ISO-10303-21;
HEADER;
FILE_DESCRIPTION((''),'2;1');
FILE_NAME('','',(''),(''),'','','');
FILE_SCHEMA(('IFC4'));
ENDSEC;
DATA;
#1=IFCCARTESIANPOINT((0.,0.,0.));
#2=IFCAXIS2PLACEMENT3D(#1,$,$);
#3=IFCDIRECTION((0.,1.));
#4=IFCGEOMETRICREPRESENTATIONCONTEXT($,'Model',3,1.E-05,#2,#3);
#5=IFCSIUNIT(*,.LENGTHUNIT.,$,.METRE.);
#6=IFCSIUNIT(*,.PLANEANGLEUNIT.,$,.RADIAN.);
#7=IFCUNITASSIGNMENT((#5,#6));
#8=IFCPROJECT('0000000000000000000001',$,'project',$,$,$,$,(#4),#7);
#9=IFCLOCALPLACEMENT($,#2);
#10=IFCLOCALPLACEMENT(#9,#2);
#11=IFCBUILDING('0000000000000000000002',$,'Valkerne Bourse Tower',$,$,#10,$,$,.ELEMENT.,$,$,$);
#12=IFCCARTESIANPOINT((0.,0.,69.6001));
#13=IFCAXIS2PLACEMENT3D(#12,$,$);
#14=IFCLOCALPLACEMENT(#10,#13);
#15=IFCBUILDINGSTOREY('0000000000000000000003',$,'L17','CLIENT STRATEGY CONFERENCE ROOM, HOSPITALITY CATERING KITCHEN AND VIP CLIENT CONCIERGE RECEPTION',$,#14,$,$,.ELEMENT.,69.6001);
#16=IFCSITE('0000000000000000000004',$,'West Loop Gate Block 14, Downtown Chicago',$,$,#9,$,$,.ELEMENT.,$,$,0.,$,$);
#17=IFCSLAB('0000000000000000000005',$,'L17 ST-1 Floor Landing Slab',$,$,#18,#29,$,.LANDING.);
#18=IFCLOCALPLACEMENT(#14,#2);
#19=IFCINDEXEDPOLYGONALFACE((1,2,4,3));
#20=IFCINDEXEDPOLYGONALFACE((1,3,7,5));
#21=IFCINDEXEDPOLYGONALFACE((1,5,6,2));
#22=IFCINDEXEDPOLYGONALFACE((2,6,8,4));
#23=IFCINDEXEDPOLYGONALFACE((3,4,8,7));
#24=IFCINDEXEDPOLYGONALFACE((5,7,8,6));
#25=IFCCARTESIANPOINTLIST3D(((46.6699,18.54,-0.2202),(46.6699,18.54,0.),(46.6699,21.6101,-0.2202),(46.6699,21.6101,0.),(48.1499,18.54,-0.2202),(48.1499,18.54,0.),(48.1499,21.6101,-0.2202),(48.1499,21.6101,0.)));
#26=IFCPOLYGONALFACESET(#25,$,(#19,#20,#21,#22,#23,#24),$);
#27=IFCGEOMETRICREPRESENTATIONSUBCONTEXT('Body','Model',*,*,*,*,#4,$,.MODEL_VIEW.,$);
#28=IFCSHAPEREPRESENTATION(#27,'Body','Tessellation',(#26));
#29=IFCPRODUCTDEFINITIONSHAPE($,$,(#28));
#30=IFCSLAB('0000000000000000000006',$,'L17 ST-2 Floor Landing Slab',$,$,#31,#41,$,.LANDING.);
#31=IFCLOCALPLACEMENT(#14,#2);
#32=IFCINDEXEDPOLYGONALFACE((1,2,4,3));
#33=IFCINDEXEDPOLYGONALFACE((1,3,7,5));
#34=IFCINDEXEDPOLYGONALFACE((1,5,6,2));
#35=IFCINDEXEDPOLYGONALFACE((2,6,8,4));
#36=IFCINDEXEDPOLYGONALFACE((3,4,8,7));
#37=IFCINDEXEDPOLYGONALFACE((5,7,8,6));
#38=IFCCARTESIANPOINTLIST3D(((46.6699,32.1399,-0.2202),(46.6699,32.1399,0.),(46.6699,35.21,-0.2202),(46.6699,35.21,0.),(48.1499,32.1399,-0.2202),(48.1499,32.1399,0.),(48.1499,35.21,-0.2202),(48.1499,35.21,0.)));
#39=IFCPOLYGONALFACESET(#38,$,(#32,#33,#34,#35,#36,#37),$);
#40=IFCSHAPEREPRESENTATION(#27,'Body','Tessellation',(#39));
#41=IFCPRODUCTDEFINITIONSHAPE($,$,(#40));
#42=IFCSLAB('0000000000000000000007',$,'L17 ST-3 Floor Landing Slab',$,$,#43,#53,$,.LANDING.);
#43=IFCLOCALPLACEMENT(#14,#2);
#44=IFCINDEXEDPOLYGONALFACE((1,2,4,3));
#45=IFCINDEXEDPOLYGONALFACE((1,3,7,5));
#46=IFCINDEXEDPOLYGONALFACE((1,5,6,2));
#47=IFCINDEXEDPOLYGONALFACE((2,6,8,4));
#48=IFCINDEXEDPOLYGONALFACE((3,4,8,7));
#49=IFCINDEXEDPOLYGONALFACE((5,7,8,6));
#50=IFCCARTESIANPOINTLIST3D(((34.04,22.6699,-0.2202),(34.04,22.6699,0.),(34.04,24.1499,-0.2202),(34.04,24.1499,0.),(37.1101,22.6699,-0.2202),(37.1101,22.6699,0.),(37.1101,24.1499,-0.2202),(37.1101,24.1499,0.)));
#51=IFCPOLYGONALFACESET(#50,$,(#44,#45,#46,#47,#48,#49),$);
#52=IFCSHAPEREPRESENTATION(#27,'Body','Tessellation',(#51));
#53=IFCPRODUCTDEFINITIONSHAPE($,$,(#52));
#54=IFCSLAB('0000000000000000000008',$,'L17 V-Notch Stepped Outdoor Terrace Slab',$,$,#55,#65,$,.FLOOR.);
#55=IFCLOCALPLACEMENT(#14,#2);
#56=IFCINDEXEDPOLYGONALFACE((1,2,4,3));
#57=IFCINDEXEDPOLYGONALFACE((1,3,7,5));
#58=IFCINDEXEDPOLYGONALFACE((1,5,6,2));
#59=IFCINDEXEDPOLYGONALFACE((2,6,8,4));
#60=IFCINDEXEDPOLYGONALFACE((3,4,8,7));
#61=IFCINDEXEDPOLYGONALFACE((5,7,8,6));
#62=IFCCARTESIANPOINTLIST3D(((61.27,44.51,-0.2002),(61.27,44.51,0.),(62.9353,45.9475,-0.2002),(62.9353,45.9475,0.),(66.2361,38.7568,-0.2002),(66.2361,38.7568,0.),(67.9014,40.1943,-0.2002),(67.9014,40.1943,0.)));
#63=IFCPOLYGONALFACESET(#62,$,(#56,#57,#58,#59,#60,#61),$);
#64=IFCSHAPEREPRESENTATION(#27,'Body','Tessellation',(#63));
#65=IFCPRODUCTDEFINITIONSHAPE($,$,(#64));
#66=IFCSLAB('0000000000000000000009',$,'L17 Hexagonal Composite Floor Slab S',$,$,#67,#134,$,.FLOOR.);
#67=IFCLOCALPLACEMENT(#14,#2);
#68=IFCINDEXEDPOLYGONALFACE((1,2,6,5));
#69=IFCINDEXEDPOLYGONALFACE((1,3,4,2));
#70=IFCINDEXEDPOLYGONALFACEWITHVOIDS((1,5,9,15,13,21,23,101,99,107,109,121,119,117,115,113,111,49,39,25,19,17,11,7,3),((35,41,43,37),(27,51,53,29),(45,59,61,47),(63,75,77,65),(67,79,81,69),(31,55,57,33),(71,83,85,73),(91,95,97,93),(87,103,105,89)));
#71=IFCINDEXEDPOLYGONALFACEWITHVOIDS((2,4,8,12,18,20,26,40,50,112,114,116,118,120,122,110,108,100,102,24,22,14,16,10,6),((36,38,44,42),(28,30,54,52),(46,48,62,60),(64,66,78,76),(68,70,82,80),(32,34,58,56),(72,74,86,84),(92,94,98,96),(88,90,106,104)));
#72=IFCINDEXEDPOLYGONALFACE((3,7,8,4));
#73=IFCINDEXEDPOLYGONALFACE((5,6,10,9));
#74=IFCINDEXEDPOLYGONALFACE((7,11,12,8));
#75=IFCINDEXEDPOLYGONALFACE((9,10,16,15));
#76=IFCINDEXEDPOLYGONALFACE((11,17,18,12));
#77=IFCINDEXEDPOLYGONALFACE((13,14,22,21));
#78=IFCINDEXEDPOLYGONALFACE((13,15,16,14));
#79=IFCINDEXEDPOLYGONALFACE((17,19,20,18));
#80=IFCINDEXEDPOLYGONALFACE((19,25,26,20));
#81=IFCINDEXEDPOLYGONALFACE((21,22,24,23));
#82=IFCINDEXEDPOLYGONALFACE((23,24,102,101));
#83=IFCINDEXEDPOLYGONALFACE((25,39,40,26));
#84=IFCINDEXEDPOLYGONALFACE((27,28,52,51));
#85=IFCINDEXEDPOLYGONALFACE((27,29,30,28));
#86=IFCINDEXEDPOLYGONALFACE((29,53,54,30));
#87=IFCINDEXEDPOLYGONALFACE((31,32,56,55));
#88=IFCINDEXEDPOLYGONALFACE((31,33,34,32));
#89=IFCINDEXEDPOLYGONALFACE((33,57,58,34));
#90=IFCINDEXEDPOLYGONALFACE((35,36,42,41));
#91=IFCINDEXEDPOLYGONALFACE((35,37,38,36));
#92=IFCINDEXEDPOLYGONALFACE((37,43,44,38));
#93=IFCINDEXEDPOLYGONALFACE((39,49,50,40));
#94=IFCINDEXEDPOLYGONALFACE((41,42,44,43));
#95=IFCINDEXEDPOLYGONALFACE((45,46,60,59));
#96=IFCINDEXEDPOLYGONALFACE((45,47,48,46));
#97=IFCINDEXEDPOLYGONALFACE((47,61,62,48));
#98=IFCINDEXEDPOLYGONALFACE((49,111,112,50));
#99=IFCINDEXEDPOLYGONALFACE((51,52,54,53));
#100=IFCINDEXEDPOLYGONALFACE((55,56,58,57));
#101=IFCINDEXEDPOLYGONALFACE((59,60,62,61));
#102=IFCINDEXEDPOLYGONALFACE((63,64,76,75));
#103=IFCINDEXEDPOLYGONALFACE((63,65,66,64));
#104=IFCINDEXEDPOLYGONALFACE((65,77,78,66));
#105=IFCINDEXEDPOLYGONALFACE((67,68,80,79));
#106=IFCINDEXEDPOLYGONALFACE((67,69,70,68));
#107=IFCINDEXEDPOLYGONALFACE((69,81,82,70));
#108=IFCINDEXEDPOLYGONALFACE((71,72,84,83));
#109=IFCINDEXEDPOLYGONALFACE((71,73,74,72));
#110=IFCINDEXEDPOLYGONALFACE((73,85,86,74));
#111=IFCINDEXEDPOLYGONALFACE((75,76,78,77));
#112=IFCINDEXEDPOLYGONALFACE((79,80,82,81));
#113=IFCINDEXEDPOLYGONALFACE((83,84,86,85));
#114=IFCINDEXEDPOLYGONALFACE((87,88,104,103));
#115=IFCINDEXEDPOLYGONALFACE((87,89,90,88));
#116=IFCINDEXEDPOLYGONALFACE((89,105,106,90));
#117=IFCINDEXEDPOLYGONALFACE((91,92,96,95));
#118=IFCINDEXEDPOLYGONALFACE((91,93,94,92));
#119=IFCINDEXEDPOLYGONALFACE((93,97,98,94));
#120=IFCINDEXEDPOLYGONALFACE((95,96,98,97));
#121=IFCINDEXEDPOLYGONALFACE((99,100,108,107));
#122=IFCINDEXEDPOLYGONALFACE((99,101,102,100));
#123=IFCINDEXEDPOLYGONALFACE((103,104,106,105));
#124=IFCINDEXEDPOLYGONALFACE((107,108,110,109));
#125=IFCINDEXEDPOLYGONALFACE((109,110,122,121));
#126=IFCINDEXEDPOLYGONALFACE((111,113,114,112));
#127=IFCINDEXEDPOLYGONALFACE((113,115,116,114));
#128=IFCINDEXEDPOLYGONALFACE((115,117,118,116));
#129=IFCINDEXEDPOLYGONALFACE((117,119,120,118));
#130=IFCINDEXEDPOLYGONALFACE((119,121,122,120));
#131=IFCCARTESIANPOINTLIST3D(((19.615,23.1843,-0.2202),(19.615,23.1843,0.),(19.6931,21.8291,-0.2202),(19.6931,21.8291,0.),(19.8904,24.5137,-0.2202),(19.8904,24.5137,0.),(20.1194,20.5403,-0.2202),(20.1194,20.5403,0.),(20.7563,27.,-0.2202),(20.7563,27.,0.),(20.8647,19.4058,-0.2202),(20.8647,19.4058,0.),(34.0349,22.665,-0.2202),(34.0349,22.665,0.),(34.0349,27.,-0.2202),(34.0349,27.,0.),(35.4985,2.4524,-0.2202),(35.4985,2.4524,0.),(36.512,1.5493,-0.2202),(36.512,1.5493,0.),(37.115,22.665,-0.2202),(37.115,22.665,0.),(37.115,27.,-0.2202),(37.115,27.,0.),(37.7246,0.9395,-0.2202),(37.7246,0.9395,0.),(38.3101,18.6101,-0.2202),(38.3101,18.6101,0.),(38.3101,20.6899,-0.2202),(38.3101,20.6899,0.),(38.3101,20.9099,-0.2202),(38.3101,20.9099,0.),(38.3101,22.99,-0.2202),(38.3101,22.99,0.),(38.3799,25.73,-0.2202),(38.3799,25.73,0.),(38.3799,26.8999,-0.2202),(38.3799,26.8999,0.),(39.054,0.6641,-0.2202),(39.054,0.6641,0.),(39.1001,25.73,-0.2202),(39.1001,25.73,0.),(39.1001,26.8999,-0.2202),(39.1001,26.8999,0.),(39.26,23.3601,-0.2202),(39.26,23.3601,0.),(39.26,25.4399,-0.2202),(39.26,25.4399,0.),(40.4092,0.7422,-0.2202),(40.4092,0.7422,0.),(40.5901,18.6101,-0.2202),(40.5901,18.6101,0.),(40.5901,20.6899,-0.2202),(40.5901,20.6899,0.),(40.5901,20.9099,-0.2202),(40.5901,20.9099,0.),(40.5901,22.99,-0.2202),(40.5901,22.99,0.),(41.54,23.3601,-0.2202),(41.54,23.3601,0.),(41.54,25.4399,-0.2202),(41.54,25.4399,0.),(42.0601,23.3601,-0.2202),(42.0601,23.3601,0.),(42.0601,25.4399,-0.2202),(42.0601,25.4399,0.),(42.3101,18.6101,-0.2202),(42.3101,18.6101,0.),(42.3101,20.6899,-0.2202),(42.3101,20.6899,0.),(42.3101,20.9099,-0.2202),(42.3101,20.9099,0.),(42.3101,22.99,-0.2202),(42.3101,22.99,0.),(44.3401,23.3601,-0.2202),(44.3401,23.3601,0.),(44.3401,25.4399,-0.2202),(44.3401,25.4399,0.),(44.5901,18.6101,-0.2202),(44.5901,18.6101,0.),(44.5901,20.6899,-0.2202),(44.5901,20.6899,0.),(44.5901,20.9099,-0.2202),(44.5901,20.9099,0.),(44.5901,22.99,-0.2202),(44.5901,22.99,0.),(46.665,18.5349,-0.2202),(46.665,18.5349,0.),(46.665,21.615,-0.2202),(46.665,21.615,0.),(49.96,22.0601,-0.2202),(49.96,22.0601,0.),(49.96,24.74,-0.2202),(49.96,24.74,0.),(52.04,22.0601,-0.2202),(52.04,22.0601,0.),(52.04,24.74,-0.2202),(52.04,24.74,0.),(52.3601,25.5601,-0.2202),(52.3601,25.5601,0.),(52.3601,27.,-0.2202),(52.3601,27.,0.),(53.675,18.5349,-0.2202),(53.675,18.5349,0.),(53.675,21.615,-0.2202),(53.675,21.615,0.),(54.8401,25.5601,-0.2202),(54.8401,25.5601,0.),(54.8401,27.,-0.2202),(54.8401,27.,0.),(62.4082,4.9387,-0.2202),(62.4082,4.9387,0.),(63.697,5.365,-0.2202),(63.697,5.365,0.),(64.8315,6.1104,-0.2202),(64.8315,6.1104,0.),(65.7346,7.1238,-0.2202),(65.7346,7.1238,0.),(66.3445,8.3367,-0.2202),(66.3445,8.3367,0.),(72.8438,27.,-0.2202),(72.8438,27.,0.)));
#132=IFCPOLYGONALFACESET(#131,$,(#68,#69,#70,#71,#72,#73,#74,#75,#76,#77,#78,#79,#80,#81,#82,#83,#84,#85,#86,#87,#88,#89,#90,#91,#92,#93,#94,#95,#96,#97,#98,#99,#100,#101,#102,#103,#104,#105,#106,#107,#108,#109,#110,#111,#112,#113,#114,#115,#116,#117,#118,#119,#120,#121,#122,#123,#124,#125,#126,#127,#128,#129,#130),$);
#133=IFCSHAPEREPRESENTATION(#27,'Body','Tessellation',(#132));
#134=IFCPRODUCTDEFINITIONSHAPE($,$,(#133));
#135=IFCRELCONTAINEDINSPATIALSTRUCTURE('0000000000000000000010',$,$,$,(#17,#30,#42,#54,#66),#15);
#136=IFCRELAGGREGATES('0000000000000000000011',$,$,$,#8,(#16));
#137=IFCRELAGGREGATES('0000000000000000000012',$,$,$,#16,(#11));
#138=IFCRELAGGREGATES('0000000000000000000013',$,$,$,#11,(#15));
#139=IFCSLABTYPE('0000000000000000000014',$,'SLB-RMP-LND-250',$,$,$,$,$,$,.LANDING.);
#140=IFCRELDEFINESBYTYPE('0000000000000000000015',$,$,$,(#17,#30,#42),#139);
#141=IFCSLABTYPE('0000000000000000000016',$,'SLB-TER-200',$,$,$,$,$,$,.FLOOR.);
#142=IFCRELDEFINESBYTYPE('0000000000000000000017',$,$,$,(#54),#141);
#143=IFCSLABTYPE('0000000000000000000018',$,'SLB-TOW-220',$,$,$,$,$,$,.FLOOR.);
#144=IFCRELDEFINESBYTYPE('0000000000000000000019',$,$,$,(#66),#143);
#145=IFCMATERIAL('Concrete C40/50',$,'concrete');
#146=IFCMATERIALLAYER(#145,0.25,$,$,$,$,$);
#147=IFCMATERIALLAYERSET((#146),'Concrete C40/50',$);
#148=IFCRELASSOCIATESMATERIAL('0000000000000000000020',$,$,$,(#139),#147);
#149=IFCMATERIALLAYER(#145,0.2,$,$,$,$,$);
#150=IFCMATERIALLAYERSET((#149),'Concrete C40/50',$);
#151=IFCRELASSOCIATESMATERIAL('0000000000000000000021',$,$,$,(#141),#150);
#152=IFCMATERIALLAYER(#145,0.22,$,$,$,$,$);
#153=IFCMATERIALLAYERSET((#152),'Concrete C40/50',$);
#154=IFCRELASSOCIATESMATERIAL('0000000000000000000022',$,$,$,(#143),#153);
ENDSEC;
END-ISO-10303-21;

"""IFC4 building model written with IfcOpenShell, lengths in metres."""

from ifc_helpers import new_model, si_unit, direction, frame, origin, place, context, subcontext, project, spatial, polyline, outline, extrude, material, layer, layer_set, type_object, element, save


model = new_model("IFC4")

# Units and contexts
model_context = context("Model", 3, precision=1e-05, world=origin(), true_north=direction((0.0, 1.0)))
body_context = subcontext(model_context, "Body", "Model", "MODEL_VIEW")
ifc_project = project(units=[si_unit("LENGTHUNIT", "METRE"), si_unit("PLANEANGLEUNIT", "RADIAN")], contexts=[model_context])

# Site, building, storey
site_placement = place(None, origin())
site = spatial("IfcSite", under=ifc_project, at=site_placement, Name="West Loop Gate Block 14, Downtown Chicago", CompositionType="ELEMENT", RefElevation=0.0)
building_placement = place(site_placement, origin())
building = spatial("IfcBuilding", under=site, at=building_placement, Name="Valkerne Bourse Tower", CompositionType="ELEMENT")
storey_placement = place(building_placement, frame((0.0, 0.0, 69.6001)))
storey = spatial("IfcBuildingStorey", under=building, at=storey_placement, Name="L17", Description="CLIENT STRATEGY CONFERENCE ROOM, HOSPITALITY CATERING KITCHEN AND VIP CLIENT CONCIERGE RECEPTION", CompositionType="ELEMENT", Elevation=69.6001)

# Slabs
ifc_material_1 = material(Name="Concrete C40/50", Category="concrete")
ifc_layer_1 = layer(ifc_material_1, 0.25)
ifc_layer_set_1 = layer_set([ifc_layer_1], Name="Concrete C40/50")
slab_type_1 = type_object("IfcSlabType", Name="SLB-RMP-LND-250", PredefinedType="LANDING", material=ifc_layer_set_1)
slab_1_placement = place(storey_placement, frame((0.0, 0.0, -0.2202)))
element("IfcSlab", 1, at=slab_1_placement, inside=storey, type_object=slab_type_1, Name="L17 ST-1 Floor Landing Slab", PredefinedType="LANDING", context=body_context, shape_type="SweptSolid", body=[
    extrude(outline(polyline([(46.6699, 18.54), (48.1499, 18.54), (48.1499, 21.6101), (46.6699, 21.6101), (46.6699, 18.54)])), origin(), (0.0, 0.0, 1.0), 0.2202),
])
slab_2_placement = place(storey_placement, frame((0.0, 0.0, -0.2202)))
element("IfcSlab", 2, at=slab_2_placement, inside=storey, type_object=slab_type_1, Name="L17 ST-2 Floor Landing Slab", PredefinedType="LANDING", context=body_context, shape_type="SweptSolid", body=[
    extrude(outline(polyline([(46.6699, 32.1399), (48.1499, 32.1399), (48.1499, 35.21), (46.6699, 35.21), (46.6699, 32.1399)])), origin(), (0.0, 0.0, 1.0), 0.2202),
])
slab_3_placement = place(storey_placement, frame((0.0, 0.0, -0.2202)))
element("IfcSlab", 3, at=slab_3_placement, inside=storey, type_object=slab_type_1, Name="L17 ST-3 Floor Landing Slab", PredefinedType="LANDING", context=body_context, shape_type="SweptSolid", body=[
    extrude(outline(polyline([(37.1101, 22.6699), (37.1101, 24.1499), (34.04, 24.1499), (34.04, 22.6699), (37.1101, 22.6699)])), origin(), (0.0, 0.0, 1.0), 0.2202),
])
ifc_layer_2 = layer(ifc_material_1, 0.2)
ifc_layer_set_2 = layer_set([ifc_layer_2], Name="Concrete C40/50")
slab_type_2 = type_object("IfcSlabType", Name="SLB-TER-200", PredefinedType="FLOOR", material=ifc_layer_set_2)
slab_4_placement = place(storey_placement, frame((0.0, 0.0, -0.2002)))
element("IfcSlab", 4, at=slab_4_placement, inside=storey, type_object=slab_type_2, Name="L17 V-Notch Stepped Outdoor Terrace Slab", PredefinedType="FLOOR", context=body_context, shape_type="SweptSolid", body=[
    extrude(outline(polyline([(67.9014, 40.1943), (66.2361, 38.7568), (61.27, 44.51), (62.9353, 45.9475), (67.9014, 40.1943)])), origin(), (0.0, 0.0, 1.0), 0.2002),
])
ifc_layer_3 = layer(ifc_material_1, 0.22)
ifc_layer_set_3 = layer_set([ifc_layer_3], Name="Concrete C40/50")
slab_type_3 = type_object("IfcSlabType", Name="SLB-TOW-220", PredefinedType="FLOOR", material=ifc_layer_set_3)
slab_5_placement = place(storey_placement, frame((0.0, 0.0, -0.2202)))
element("IfcSlab", 5, at=slab_5_placement, inside=storey, type_object=slab_type_3, Name="L17 Hexagonal Composite Floor Slab S", PredefinedType="FLOOR", context=body_context, shape_type="SweptSolid", body=[
    extrude(outline(polyline([(66.3445, 8.3367), (65.7346, 7.1238), (64.8315, 6.1104), (63.697, 5.365), (62.4082, 4.9387), (40.4092, 0.7422), (39.054, 0.6641), (37.7246, 0.9395), (36.512, 1.5493), (35.4985, 2.4524), (20.8647, 19.4058), (20.1194, 20.5403), (19.6931, 21.8291), (19.615, 23.1843), (19.8904, 24.5137), (20.7563, 27.0), (34.0349, 27.0), (34.0349, 22.665), (37.115, 22.665), (37.115, 27.0), (52.3601, 27.0), (52.3601, 25.5601), (54.8401, 25.5601), (54.8401, 27.0), (72.8438, 27.0), (66.3445, 8.3367)]), holes=[polyline([(40.5901, 20.6899), (38.3101, 20.6899), (38.3101, 18.6101), (40.5901, 18.6101), (40.5901, 20.6899)]), polyline([(40.5901, 22.99), (38.3101, 22.99), (38.3101, 20.9099), (40.5901, 20.9099), (40.5901, 22.99)]), polyline([(41.54, 25.4399), (39.26, 25.4399), (39.26, 23.3601), (41.54, 23.3601), (41.54, 25.4399)]), polyline([(39.1001, 25.73), (39.1001, 26.8999), (38.3799, 26.8999), (38.3799, 25.73), (39.1001, 25.73)]), polyline([(44.5901, 20.6899), (42.3101, 20.6899), (42.3101, 18.6101), (44.5901, 18.6101), (44.5901, 20.6899)]), polyline([(53.675, 21.615), (46.665, 21.615), (46.665, 18.5349), (53.675, 18.5349), (53.675, 21.615)]), polyline([(44.5901, 22.99), (42.3101, 22.99), (42.3101, 20.9099), (44.5901, 20.9099), (44.5901, 22.99)]), polyline([(52.04, 22.0601), (52.04, 24.74), (49.96, 24.74), (49.96, 22.0601), (52.04, 22.0601)]), polyline([(44.3401, 23.3601), (44.3401, 25.4399), (42.0601, 25.4399), (42.0601, 23.3601), (44.3401, 23.3601)])]), origin(), (0.0, 0.0, 1.0), 0.2202),
])

save(model, "model.ifc")
